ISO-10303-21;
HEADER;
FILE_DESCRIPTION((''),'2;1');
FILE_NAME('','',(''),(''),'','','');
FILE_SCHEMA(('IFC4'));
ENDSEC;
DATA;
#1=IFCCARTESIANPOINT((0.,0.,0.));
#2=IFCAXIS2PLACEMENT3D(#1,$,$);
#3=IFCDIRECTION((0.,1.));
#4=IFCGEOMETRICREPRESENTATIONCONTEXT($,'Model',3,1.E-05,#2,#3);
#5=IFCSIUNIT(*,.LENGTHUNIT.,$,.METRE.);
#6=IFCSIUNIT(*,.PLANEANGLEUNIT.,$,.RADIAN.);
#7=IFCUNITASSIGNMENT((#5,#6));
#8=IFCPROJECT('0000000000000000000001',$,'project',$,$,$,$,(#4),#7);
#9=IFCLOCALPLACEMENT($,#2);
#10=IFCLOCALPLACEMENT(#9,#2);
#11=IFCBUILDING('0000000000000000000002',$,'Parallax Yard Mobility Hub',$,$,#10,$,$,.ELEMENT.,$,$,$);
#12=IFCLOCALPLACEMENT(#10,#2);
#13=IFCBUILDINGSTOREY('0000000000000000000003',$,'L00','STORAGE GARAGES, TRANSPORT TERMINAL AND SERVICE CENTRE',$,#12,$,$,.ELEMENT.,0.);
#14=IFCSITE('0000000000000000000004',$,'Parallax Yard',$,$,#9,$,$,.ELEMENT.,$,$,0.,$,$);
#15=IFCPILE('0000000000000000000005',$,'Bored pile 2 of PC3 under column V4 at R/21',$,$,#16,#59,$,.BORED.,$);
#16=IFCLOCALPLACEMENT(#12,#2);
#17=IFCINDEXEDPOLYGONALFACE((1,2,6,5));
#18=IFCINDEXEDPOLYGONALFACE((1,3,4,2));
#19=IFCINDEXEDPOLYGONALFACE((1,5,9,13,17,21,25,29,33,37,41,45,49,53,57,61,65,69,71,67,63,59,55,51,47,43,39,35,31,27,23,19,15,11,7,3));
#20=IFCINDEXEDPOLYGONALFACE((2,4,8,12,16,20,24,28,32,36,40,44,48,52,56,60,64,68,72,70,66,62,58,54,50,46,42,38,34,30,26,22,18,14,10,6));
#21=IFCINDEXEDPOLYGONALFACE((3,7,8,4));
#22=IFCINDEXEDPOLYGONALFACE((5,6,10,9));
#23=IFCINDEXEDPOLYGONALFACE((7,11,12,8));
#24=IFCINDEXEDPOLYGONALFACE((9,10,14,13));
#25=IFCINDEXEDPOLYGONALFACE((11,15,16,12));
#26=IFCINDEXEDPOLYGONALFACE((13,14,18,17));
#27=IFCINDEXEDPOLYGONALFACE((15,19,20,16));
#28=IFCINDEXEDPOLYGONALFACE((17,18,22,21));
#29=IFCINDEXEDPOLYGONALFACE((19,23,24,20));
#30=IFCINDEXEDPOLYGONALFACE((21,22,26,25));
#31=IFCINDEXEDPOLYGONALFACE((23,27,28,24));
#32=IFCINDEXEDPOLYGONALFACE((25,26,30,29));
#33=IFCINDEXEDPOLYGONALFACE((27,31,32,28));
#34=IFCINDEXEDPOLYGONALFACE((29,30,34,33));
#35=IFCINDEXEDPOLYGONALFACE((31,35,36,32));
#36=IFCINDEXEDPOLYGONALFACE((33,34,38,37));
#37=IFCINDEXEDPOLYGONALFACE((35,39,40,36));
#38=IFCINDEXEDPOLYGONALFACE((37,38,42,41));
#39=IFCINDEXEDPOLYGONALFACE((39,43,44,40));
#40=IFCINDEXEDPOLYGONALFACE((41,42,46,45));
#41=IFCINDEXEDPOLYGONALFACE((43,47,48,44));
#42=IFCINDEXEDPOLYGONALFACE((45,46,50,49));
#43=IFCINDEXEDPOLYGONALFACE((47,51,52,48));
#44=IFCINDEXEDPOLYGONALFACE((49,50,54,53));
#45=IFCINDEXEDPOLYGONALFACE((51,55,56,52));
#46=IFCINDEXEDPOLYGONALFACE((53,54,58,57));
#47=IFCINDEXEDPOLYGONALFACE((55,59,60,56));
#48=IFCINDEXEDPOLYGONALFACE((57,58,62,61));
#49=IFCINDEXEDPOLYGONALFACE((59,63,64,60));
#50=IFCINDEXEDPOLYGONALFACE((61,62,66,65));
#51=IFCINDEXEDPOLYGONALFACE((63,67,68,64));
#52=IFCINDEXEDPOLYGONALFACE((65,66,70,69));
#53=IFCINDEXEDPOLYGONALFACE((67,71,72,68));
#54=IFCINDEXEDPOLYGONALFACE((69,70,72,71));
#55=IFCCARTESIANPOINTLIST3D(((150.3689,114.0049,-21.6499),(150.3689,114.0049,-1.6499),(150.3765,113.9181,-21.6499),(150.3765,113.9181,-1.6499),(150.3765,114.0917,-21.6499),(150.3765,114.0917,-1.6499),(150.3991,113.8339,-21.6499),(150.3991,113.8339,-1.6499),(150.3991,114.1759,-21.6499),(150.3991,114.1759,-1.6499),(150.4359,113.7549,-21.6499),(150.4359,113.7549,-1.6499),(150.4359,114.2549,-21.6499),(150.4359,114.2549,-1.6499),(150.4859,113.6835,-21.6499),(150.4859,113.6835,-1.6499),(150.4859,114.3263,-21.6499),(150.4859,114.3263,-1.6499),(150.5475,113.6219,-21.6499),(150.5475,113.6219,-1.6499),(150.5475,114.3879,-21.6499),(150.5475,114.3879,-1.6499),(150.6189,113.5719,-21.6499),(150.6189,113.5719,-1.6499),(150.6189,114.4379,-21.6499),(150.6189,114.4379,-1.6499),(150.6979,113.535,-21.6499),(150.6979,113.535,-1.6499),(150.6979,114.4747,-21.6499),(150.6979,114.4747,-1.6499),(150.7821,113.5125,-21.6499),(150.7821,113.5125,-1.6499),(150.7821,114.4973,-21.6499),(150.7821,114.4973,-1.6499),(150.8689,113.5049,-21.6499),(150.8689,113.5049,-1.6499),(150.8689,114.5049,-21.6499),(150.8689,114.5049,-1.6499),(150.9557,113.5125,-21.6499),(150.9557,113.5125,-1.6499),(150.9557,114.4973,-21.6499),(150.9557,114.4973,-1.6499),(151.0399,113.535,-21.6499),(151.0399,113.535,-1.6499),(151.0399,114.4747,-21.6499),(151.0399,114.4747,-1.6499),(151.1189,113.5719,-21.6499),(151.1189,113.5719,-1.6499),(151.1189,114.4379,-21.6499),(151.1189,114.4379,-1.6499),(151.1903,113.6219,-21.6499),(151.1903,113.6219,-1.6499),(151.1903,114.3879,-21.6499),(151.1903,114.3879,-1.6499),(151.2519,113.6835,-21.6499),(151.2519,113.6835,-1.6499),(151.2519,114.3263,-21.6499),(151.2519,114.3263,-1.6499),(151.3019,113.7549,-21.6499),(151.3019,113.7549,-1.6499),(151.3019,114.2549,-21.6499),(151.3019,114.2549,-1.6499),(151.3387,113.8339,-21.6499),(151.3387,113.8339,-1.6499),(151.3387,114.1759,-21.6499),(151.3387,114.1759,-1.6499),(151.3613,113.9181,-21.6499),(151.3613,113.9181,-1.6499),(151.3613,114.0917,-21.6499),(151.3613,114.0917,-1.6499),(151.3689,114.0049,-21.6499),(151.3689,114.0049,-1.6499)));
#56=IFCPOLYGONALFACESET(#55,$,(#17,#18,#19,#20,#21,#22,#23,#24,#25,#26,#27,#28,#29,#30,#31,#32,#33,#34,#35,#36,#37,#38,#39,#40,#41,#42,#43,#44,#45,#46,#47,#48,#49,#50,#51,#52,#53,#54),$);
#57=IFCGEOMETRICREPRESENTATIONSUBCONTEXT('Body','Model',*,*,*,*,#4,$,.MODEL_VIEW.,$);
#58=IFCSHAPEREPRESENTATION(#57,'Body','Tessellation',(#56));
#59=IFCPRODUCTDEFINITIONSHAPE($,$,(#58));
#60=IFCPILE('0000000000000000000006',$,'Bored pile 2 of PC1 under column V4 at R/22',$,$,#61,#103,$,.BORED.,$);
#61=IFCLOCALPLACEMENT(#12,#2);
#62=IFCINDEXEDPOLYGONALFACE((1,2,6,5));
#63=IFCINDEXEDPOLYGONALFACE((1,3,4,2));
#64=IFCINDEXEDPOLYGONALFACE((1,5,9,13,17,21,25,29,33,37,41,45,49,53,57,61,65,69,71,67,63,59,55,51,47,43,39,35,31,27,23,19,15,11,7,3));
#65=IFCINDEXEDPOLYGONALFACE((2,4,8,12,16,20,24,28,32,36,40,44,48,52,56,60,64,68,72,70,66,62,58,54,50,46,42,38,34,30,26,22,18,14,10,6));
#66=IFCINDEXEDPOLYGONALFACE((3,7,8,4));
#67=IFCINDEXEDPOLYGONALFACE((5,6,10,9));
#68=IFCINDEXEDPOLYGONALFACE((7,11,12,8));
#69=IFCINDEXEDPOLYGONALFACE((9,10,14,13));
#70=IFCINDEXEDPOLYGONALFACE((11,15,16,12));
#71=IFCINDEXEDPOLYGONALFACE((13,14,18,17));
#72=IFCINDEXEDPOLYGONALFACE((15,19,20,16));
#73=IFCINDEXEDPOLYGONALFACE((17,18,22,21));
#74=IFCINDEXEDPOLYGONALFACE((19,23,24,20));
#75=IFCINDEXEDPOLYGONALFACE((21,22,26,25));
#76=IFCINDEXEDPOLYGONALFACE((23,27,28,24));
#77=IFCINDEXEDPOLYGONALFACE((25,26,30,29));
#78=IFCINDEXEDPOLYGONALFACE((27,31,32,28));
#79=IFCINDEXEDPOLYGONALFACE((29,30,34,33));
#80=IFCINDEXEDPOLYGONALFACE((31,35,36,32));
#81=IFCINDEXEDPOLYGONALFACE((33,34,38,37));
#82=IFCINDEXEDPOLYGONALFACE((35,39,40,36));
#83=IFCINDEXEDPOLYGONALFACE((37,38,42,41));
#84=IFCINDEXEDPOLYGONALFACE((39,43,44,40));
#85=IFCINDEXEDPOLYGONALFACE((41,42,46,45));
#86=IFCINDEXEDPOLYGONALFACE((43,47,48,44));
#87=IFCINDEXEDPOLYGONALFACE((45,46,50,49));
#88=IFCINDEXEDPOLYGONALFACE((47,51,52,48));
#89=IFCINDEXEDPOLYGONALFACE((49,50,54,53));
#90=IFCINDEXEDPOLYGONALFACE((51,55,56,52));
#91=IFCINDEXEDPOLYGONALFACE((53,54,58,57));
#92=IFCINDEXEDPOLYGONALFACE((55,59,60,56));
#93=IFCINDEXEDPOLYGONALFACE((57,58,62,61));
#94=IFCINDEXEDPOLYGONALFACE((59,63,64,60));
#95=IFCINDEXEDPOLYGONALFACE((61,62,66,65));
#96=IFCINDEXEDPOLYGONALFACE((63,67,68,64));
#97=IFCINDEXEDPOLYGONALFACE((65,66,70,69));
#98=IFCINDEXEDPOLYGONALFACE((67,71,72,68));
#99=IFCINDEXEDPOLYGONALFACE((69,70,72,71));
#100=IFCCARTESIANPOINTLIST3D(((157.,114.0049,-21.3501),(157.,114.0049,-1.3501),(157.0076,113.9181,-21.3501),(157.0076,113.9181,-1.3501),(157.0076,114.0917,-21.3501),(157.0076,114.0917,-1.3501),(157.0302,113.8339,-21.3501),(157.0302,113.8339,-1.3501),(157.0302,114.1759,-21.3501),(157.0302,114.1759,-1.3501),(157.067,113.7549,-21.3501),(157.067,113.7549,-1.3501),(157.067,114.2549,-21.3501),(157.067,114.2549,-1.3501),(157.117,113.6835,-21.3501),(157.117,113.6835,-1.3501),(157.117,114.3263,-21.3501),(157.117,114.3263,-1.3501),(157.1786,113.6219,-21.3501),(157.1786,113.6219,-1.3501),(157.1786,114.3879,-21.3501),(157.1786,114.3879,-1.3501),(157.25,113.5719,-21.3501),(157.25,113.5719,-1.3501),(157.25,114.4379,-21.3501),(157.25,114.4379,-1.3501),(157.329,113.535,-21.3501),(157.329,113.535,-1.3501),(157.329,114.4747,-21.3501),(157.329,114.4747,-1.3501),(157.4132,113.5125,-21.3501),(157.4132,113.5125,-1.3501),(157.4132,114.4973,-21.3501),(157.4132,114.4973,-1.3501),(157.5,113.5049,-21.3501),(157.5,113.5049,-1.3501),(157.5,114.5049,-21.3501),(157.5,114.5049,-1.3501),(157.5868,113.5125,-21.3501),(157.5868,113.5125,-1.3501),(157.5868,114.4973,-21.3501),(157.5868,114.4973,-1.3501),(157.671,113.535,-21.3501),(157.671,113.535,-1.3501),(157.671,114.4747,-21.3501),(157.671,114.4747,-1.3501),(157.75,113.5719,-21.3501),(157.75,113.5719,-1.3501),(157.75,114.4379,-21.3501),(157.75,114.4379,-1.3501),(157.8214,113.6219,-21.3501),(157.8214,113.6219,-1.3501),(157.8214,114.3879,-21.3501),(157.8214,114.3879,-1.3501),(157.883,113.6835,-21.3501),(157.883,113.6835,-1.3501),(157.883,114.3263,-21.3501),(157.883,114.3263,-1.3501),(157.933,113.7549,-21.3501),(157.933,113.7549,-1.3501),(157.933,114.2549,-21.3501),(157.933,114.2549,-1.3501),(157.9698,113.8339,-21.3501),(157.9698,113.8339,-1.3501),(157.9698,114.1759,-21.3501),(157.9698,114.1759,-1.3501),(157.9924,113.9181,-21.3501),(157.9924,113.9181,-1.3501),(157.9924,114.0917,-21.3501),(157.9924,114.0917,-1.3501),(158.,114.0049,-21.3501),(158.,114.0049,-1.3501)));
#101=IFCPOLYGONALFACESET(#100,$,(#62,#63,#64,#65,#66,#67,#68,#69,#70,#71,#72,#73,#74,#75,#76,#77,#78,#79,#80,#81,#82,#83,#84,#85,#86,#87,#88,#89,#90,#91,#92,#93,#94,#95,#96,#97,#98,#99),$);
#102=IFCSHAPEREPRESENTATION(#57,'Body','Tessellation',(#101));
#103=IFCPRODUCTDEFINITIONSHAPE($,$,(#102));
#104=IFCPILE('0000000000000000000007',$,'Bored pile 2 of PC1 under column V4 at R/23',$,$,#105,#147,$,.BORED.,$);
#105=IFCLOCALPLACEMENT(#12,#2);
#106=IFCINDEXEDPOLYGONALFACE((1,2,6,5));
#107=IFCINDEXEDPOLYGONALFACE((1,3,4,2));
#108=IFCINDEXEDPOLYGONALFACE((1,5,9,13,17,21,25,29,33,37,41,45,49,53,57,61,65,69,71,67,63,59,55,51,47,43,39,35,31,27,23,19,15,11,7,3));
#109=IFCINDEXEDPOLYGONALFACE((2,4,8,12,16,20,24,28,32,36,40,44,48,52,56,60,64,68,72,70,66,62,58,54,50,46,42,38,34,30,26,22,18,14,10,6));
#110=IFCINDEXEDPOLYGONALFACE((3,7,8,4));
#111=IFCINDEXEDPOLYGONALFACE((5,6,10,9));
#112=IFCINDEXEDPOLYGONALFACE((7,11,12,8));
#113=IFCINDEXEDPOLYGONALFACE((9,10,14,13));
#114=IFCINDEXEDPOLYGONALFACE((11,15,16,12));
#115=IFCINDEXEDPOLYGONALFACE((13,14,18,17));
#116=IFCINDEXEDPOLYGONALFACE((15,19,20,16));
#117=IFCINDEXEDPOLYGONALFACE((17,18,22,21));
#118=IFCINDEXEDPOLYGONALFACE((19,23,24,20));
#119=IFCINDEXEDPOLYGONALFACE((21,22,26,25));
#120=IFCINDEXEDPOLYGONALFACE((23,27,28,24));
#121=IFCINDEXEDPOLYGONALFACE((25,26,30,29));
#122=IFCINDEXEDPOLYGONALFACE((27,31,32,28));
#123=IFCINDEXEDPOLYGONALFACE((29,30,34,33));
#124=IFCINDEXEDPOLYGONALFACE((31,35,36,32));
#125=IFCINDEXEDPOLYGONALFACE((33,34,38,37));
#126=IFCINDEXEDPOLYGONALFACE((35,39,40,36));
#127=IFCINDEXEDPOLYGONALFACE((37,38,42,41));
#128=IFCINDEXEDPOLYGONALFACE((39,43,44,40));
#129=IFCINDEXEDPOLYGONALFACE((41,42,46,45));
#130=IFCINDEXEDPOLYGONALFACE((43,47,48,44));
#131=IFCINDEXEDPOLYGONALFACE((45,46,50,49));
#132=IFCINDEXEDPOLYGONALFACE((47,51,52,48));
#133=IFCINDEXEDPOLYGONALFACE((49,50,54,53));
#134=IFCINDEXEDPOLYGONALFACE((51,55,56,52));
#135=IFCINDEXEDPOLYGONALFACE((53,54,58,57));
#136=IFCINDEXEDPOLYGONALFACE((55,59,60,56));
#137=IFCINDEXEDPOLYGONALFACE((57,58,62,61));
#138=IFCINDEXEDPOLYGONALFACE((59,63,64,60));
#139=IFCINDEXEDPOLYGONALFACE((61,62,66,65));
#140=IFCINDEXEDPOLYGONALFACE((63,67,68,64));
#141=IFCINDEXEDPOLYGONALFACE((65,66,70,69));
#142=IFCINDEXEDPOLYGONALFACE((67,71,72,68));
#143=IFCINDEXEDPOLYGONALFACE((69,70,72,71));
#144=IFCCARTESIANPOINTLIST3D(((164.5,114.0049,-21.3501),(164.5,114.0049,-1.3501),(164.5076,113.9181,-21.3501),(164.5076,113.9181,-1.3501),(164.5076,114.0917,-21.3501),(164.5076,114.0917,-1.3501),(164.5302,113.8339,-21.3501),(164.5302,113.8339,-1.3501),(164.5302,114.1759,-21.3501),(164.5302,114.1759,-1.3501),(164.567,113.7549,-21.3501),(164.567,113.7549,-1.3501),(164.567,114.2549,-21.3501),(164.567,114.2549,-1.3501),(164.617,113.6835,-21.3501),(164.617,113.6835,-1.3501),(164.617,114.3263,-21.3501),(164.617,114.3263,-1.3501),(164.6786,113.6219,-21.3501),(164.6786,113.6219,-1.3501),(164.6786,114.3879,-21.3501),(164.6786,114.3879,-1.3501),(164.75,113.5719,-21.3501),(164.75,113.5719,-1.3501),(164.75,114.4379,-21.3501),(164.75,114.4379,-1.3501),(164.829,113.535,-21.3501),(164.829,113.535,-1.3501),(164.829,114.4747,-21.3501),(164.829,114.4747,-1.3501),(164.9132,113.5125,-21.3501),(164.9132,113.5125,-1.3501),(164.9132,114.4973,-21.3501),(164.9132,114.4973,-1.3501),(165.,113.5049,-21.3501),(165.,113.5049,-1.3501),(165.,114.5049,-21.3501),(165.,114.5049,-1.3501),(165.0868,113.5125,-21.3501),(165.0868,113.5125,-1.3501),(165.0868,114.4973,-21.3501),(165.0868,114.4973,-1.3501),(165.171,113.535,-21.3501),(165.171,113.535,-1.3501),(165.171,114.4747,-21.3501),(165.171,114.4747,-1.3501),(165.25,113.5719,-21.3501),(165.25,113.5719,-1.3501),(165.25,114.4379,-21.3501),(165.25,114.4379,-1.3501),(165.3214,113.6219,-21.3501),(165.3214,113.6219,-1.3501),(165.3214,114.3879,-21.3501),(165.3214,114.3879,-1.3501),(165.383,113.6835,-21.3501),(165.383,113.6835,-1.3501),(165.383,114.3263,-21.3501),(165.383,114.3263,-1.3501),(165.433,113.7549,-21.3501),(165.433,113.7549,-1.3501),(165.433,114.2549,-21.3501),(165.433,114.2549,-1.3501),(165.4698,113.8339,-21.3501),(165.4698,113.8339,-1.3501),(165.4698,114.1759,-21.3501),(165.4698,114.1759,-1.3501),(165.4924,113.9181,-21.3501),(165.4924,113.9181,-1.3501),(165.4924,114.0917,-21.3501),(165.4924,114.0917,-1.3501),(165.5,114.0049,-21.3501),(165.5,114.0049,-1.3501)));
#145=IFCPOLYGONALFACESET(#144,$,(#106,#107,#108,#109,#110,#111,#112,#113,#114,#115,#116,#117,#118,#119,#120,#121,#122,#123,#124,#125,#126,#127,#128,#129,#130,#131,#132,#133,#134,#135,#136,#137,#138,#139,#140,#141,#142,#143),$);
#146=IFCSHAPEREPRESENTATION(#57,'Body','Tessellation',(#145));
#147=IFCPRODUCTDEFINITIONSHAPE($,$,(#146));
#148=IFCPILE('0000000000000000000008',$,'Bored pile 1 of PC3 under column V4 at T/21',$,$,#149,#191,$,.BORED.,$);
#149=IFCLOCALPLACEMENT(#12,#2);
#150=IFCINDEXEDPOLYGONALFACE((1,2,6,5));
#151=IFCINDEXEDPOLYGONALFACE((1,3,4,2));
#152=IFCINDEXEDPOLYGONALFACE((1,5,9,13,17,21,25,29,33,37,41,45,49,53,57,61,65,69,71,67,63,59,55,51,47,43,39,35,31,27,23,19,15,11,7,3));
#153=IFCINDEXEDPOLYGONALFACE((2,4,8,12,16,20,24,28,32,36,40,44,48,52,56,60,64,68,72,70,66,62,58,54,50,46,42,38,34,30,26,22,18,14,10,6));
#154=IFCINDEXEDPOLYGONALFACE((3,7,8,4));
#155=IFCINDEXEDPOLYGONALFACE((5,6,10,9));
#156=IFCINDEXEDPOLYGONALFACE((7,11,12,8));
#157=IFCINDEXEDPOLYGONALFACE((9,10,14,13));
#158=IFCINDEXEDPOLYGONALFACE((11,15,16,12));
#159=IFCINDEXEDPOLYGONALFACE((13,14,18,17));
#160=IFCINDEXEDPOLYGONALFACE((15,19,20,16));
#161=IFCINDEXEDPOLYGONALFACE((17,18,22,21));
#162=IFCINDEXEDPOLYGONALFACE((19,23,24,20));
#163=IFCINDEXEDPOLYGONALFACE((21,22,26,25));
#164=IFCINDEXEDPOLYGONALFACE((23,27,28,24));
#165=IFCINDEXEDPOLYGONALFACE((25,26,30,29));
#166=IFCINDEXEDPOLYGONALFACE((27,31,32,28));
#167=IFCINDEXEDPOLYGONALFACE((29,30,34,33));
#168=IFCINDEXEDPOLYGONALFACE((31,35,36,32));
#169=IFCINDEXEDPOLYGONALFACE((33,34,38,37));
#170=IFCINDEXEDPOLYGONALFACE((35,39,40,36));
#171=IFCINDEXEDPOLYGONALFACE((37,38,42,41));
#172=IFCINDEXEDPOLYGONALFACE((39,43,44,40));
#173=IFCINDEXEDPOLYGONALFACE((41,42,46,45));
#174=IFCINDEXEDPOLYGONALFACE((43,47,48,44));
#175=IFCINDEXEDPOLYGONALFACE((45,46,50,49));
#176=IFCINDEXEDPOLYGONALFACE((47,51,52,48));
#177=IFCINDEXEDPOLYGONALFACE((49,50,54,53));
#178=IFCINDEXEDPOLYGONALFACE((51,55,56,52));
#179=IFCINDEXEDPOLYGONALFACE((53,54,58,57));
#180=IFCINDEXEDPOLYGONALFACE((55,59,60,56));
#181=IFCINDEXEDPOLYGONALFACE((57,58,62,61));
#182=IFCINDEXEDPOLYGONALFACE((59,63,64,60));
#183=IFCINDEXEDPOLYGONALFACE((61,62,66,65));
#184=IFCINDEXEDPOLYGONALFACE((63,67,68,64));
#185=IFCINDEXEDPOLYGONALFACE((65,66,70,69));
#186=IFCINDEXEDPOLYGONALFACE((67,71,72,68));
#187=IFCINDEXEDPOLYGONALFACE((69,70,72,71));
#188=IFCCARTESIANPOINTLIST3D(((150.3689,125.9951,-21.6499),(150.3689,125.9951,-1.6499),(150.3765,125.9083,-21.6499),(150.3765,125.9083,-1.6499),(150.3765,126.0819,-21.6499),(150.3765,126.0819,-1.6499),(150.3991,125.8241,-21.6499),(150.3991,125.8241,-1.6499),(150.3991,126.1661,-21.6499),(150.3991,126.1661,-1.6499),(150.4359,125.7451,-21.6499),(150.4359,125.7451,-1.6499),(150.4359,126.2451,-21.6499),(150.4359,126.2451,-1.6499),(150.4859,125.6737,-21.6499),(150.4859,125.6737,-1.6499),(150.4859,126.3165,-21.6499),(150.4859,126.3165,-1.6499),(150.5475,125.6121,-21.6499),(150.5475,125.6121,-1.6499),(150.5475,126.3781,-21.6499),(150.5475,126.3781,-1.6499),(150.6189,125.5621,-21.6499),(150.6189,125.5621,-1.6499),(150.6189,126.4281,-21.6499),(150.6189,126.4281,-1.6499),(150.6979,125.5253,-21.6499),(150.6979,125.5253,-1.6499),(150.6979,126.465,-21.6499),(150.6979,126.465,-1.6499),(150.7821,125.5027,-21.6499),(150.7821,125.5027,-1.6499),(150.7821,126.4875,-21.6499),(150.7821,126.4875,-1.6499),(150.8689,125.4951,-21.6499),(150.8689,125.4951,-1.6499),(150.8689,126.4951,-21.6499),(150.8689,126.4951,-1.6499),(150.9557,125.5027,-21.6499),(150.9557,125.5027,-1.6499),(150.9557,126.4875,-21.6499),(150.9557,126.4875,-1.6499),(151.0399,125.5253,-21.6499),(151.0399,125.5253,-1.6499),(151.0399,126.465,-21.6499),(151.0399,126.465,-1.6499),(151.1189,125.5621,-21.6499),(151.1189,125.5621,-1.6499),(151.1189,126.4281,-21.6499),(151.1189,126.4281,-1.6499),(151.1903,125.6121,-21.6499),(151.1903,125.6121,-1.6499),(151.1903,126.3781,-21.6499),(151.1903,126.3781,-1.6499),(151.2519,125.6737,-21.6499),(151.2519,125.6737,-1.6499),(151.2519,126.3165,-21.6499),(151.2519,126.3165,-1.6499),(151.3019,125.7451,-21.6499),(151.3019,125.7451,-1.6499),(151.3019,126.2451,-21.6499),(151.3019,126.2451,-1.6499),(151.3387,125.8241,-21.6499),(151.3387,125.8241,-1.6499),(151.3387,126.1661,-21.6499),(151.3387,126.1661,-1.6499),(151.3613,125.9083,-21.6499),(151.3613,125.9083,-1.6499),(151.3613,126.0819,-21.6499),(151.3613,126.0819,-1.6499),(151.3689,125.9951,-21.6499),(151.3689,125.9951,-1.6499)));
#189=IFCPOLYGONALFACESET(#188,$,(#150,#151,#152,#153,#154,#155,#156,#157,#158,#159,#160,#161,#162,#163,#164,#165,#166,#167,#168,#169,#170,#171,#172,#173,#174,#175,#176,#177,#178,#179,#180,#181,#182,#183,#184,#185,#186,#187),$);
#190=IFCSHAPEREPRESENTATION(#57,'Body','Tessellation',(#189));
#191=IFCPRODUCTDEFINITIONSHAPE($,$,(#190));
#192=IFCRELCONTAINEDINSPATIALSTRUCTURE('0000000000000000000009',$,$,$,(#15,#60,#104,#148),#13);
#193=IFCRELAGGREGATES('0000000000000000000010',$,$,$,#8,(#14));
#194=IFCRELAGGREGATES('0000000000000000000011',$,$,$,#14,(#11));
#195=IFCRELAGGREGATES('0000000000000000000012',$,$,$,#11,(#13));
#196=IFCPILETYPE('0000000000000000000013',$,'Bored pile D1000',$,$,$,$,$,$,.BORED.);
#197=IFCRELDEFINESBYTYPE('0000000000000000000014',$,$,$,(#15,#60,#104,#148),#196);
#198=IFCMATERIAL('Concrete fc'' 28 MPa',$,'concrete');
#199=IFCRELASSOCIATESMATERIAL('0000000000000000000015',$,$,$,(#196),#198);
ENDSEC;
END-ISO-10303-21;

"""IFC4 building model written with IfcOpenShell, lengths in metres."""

from ifc_helpers import new_model, si_unit, direction, frame, origin, origin_2d, place, context, subcontext, project, spatial, circle, extrude, material, material_profile, profile_set, type_object, element, save


model = new_model("IFC4")

# Units and contexts
model_context = context("Model", 3, precision=1e-05, world=origin(), true_north=direction((0.0, 1.0)))
body_context = subcontext(model_context, "Body", "Model", "MODEL_VIEW")
ifc_project = project(units=[si_unit("LENGTHUNIT", "METRE"), si_unit("PLANEANGLEUNIT", "RADIAN")], contexts=[model_context])

# Site, building, storey
site_placement = place(None, origin())
site = spatial("IfcSite", under=ifc_project, at=site_placement, Name="Parallax Yard", CompositionType="ELEMENT", RefElevation=0.0)
building_placement = place(site_placement, origin())
building = spatial("IfcBuilding", under=site, at=building_placement, Name="Parallax Yard Mobility Hub", CompositionType="ELEMENT")
storey_placement = place(building_placement, origin())
storey = spatial("IfcBuildingStorey", under=building, at=storey_placement, Name="L00", Description="STORAGE GARAGES, TRANSPORT TERMINAL AND SERVICE CENTRE", CompositionType="ELEMENT", Elevation=0.0)

# Piles
ifc_material_1 = material(Name="Concrete fc' 28 MPa", Category="concrete")
ifc_material_profile_1 = material_profile(ifc_material_1, circle(Radius=0.5, at=origin_2d()), Name="Bored pile D1000")
ifc_profile_set_1 = profile_set([ifc_material_profile_1], Name="Concrete fc' 28 MPa")
pile_type = type_object("IfcPileType", Name="Bored pile D1000", PredefinedType="BORED", material=ifc_profile_set_1)
for number, where, z_axis, x_axis, name in (
    (1, (150.8689, 114.0049, -1.6499), (0.0, 0.0, -1.0), (1.0, 0.0, 0.0), "Bored pile 2 of PC3 under column V4 at R/21"),
    (2, (157.5, 114.0049, -1.3501), (0.0, 0.0, -1.0), (1.0, 0.0, 0.0), "Bored pile 2 of PC1 under column V4 at R/22"),
    (3, (165.0, 114.0049, -1.3501), (0.0, 0.0, -1.0), (1.0, 0.0, 0.0), "Bored pile 2 of PC1 under column V4 at R/23"),
    (4, (150.8689, 125.9951, -1.6499), (0.0, 0.0, -1.0), (1.0, 0.0, 0.0), "Bored pile 1 of PC3 under column V4 at T/21"),
):
    element("IfcPile", number, at=place(storey_placement, frame(where, z_axis=z_axis, x_axis=x_axis)), inside=storey, type_object=pile_type, Name=name, PredefinedType="BORED", context=body_context, shape_type="SweptSolid", body=[
        extrude(circle(Radius=0.5, at=origin_2d()), origin(), (0.0, 0.0, 1.0), 20.0),
    ])

save(model, "model.ifc")
